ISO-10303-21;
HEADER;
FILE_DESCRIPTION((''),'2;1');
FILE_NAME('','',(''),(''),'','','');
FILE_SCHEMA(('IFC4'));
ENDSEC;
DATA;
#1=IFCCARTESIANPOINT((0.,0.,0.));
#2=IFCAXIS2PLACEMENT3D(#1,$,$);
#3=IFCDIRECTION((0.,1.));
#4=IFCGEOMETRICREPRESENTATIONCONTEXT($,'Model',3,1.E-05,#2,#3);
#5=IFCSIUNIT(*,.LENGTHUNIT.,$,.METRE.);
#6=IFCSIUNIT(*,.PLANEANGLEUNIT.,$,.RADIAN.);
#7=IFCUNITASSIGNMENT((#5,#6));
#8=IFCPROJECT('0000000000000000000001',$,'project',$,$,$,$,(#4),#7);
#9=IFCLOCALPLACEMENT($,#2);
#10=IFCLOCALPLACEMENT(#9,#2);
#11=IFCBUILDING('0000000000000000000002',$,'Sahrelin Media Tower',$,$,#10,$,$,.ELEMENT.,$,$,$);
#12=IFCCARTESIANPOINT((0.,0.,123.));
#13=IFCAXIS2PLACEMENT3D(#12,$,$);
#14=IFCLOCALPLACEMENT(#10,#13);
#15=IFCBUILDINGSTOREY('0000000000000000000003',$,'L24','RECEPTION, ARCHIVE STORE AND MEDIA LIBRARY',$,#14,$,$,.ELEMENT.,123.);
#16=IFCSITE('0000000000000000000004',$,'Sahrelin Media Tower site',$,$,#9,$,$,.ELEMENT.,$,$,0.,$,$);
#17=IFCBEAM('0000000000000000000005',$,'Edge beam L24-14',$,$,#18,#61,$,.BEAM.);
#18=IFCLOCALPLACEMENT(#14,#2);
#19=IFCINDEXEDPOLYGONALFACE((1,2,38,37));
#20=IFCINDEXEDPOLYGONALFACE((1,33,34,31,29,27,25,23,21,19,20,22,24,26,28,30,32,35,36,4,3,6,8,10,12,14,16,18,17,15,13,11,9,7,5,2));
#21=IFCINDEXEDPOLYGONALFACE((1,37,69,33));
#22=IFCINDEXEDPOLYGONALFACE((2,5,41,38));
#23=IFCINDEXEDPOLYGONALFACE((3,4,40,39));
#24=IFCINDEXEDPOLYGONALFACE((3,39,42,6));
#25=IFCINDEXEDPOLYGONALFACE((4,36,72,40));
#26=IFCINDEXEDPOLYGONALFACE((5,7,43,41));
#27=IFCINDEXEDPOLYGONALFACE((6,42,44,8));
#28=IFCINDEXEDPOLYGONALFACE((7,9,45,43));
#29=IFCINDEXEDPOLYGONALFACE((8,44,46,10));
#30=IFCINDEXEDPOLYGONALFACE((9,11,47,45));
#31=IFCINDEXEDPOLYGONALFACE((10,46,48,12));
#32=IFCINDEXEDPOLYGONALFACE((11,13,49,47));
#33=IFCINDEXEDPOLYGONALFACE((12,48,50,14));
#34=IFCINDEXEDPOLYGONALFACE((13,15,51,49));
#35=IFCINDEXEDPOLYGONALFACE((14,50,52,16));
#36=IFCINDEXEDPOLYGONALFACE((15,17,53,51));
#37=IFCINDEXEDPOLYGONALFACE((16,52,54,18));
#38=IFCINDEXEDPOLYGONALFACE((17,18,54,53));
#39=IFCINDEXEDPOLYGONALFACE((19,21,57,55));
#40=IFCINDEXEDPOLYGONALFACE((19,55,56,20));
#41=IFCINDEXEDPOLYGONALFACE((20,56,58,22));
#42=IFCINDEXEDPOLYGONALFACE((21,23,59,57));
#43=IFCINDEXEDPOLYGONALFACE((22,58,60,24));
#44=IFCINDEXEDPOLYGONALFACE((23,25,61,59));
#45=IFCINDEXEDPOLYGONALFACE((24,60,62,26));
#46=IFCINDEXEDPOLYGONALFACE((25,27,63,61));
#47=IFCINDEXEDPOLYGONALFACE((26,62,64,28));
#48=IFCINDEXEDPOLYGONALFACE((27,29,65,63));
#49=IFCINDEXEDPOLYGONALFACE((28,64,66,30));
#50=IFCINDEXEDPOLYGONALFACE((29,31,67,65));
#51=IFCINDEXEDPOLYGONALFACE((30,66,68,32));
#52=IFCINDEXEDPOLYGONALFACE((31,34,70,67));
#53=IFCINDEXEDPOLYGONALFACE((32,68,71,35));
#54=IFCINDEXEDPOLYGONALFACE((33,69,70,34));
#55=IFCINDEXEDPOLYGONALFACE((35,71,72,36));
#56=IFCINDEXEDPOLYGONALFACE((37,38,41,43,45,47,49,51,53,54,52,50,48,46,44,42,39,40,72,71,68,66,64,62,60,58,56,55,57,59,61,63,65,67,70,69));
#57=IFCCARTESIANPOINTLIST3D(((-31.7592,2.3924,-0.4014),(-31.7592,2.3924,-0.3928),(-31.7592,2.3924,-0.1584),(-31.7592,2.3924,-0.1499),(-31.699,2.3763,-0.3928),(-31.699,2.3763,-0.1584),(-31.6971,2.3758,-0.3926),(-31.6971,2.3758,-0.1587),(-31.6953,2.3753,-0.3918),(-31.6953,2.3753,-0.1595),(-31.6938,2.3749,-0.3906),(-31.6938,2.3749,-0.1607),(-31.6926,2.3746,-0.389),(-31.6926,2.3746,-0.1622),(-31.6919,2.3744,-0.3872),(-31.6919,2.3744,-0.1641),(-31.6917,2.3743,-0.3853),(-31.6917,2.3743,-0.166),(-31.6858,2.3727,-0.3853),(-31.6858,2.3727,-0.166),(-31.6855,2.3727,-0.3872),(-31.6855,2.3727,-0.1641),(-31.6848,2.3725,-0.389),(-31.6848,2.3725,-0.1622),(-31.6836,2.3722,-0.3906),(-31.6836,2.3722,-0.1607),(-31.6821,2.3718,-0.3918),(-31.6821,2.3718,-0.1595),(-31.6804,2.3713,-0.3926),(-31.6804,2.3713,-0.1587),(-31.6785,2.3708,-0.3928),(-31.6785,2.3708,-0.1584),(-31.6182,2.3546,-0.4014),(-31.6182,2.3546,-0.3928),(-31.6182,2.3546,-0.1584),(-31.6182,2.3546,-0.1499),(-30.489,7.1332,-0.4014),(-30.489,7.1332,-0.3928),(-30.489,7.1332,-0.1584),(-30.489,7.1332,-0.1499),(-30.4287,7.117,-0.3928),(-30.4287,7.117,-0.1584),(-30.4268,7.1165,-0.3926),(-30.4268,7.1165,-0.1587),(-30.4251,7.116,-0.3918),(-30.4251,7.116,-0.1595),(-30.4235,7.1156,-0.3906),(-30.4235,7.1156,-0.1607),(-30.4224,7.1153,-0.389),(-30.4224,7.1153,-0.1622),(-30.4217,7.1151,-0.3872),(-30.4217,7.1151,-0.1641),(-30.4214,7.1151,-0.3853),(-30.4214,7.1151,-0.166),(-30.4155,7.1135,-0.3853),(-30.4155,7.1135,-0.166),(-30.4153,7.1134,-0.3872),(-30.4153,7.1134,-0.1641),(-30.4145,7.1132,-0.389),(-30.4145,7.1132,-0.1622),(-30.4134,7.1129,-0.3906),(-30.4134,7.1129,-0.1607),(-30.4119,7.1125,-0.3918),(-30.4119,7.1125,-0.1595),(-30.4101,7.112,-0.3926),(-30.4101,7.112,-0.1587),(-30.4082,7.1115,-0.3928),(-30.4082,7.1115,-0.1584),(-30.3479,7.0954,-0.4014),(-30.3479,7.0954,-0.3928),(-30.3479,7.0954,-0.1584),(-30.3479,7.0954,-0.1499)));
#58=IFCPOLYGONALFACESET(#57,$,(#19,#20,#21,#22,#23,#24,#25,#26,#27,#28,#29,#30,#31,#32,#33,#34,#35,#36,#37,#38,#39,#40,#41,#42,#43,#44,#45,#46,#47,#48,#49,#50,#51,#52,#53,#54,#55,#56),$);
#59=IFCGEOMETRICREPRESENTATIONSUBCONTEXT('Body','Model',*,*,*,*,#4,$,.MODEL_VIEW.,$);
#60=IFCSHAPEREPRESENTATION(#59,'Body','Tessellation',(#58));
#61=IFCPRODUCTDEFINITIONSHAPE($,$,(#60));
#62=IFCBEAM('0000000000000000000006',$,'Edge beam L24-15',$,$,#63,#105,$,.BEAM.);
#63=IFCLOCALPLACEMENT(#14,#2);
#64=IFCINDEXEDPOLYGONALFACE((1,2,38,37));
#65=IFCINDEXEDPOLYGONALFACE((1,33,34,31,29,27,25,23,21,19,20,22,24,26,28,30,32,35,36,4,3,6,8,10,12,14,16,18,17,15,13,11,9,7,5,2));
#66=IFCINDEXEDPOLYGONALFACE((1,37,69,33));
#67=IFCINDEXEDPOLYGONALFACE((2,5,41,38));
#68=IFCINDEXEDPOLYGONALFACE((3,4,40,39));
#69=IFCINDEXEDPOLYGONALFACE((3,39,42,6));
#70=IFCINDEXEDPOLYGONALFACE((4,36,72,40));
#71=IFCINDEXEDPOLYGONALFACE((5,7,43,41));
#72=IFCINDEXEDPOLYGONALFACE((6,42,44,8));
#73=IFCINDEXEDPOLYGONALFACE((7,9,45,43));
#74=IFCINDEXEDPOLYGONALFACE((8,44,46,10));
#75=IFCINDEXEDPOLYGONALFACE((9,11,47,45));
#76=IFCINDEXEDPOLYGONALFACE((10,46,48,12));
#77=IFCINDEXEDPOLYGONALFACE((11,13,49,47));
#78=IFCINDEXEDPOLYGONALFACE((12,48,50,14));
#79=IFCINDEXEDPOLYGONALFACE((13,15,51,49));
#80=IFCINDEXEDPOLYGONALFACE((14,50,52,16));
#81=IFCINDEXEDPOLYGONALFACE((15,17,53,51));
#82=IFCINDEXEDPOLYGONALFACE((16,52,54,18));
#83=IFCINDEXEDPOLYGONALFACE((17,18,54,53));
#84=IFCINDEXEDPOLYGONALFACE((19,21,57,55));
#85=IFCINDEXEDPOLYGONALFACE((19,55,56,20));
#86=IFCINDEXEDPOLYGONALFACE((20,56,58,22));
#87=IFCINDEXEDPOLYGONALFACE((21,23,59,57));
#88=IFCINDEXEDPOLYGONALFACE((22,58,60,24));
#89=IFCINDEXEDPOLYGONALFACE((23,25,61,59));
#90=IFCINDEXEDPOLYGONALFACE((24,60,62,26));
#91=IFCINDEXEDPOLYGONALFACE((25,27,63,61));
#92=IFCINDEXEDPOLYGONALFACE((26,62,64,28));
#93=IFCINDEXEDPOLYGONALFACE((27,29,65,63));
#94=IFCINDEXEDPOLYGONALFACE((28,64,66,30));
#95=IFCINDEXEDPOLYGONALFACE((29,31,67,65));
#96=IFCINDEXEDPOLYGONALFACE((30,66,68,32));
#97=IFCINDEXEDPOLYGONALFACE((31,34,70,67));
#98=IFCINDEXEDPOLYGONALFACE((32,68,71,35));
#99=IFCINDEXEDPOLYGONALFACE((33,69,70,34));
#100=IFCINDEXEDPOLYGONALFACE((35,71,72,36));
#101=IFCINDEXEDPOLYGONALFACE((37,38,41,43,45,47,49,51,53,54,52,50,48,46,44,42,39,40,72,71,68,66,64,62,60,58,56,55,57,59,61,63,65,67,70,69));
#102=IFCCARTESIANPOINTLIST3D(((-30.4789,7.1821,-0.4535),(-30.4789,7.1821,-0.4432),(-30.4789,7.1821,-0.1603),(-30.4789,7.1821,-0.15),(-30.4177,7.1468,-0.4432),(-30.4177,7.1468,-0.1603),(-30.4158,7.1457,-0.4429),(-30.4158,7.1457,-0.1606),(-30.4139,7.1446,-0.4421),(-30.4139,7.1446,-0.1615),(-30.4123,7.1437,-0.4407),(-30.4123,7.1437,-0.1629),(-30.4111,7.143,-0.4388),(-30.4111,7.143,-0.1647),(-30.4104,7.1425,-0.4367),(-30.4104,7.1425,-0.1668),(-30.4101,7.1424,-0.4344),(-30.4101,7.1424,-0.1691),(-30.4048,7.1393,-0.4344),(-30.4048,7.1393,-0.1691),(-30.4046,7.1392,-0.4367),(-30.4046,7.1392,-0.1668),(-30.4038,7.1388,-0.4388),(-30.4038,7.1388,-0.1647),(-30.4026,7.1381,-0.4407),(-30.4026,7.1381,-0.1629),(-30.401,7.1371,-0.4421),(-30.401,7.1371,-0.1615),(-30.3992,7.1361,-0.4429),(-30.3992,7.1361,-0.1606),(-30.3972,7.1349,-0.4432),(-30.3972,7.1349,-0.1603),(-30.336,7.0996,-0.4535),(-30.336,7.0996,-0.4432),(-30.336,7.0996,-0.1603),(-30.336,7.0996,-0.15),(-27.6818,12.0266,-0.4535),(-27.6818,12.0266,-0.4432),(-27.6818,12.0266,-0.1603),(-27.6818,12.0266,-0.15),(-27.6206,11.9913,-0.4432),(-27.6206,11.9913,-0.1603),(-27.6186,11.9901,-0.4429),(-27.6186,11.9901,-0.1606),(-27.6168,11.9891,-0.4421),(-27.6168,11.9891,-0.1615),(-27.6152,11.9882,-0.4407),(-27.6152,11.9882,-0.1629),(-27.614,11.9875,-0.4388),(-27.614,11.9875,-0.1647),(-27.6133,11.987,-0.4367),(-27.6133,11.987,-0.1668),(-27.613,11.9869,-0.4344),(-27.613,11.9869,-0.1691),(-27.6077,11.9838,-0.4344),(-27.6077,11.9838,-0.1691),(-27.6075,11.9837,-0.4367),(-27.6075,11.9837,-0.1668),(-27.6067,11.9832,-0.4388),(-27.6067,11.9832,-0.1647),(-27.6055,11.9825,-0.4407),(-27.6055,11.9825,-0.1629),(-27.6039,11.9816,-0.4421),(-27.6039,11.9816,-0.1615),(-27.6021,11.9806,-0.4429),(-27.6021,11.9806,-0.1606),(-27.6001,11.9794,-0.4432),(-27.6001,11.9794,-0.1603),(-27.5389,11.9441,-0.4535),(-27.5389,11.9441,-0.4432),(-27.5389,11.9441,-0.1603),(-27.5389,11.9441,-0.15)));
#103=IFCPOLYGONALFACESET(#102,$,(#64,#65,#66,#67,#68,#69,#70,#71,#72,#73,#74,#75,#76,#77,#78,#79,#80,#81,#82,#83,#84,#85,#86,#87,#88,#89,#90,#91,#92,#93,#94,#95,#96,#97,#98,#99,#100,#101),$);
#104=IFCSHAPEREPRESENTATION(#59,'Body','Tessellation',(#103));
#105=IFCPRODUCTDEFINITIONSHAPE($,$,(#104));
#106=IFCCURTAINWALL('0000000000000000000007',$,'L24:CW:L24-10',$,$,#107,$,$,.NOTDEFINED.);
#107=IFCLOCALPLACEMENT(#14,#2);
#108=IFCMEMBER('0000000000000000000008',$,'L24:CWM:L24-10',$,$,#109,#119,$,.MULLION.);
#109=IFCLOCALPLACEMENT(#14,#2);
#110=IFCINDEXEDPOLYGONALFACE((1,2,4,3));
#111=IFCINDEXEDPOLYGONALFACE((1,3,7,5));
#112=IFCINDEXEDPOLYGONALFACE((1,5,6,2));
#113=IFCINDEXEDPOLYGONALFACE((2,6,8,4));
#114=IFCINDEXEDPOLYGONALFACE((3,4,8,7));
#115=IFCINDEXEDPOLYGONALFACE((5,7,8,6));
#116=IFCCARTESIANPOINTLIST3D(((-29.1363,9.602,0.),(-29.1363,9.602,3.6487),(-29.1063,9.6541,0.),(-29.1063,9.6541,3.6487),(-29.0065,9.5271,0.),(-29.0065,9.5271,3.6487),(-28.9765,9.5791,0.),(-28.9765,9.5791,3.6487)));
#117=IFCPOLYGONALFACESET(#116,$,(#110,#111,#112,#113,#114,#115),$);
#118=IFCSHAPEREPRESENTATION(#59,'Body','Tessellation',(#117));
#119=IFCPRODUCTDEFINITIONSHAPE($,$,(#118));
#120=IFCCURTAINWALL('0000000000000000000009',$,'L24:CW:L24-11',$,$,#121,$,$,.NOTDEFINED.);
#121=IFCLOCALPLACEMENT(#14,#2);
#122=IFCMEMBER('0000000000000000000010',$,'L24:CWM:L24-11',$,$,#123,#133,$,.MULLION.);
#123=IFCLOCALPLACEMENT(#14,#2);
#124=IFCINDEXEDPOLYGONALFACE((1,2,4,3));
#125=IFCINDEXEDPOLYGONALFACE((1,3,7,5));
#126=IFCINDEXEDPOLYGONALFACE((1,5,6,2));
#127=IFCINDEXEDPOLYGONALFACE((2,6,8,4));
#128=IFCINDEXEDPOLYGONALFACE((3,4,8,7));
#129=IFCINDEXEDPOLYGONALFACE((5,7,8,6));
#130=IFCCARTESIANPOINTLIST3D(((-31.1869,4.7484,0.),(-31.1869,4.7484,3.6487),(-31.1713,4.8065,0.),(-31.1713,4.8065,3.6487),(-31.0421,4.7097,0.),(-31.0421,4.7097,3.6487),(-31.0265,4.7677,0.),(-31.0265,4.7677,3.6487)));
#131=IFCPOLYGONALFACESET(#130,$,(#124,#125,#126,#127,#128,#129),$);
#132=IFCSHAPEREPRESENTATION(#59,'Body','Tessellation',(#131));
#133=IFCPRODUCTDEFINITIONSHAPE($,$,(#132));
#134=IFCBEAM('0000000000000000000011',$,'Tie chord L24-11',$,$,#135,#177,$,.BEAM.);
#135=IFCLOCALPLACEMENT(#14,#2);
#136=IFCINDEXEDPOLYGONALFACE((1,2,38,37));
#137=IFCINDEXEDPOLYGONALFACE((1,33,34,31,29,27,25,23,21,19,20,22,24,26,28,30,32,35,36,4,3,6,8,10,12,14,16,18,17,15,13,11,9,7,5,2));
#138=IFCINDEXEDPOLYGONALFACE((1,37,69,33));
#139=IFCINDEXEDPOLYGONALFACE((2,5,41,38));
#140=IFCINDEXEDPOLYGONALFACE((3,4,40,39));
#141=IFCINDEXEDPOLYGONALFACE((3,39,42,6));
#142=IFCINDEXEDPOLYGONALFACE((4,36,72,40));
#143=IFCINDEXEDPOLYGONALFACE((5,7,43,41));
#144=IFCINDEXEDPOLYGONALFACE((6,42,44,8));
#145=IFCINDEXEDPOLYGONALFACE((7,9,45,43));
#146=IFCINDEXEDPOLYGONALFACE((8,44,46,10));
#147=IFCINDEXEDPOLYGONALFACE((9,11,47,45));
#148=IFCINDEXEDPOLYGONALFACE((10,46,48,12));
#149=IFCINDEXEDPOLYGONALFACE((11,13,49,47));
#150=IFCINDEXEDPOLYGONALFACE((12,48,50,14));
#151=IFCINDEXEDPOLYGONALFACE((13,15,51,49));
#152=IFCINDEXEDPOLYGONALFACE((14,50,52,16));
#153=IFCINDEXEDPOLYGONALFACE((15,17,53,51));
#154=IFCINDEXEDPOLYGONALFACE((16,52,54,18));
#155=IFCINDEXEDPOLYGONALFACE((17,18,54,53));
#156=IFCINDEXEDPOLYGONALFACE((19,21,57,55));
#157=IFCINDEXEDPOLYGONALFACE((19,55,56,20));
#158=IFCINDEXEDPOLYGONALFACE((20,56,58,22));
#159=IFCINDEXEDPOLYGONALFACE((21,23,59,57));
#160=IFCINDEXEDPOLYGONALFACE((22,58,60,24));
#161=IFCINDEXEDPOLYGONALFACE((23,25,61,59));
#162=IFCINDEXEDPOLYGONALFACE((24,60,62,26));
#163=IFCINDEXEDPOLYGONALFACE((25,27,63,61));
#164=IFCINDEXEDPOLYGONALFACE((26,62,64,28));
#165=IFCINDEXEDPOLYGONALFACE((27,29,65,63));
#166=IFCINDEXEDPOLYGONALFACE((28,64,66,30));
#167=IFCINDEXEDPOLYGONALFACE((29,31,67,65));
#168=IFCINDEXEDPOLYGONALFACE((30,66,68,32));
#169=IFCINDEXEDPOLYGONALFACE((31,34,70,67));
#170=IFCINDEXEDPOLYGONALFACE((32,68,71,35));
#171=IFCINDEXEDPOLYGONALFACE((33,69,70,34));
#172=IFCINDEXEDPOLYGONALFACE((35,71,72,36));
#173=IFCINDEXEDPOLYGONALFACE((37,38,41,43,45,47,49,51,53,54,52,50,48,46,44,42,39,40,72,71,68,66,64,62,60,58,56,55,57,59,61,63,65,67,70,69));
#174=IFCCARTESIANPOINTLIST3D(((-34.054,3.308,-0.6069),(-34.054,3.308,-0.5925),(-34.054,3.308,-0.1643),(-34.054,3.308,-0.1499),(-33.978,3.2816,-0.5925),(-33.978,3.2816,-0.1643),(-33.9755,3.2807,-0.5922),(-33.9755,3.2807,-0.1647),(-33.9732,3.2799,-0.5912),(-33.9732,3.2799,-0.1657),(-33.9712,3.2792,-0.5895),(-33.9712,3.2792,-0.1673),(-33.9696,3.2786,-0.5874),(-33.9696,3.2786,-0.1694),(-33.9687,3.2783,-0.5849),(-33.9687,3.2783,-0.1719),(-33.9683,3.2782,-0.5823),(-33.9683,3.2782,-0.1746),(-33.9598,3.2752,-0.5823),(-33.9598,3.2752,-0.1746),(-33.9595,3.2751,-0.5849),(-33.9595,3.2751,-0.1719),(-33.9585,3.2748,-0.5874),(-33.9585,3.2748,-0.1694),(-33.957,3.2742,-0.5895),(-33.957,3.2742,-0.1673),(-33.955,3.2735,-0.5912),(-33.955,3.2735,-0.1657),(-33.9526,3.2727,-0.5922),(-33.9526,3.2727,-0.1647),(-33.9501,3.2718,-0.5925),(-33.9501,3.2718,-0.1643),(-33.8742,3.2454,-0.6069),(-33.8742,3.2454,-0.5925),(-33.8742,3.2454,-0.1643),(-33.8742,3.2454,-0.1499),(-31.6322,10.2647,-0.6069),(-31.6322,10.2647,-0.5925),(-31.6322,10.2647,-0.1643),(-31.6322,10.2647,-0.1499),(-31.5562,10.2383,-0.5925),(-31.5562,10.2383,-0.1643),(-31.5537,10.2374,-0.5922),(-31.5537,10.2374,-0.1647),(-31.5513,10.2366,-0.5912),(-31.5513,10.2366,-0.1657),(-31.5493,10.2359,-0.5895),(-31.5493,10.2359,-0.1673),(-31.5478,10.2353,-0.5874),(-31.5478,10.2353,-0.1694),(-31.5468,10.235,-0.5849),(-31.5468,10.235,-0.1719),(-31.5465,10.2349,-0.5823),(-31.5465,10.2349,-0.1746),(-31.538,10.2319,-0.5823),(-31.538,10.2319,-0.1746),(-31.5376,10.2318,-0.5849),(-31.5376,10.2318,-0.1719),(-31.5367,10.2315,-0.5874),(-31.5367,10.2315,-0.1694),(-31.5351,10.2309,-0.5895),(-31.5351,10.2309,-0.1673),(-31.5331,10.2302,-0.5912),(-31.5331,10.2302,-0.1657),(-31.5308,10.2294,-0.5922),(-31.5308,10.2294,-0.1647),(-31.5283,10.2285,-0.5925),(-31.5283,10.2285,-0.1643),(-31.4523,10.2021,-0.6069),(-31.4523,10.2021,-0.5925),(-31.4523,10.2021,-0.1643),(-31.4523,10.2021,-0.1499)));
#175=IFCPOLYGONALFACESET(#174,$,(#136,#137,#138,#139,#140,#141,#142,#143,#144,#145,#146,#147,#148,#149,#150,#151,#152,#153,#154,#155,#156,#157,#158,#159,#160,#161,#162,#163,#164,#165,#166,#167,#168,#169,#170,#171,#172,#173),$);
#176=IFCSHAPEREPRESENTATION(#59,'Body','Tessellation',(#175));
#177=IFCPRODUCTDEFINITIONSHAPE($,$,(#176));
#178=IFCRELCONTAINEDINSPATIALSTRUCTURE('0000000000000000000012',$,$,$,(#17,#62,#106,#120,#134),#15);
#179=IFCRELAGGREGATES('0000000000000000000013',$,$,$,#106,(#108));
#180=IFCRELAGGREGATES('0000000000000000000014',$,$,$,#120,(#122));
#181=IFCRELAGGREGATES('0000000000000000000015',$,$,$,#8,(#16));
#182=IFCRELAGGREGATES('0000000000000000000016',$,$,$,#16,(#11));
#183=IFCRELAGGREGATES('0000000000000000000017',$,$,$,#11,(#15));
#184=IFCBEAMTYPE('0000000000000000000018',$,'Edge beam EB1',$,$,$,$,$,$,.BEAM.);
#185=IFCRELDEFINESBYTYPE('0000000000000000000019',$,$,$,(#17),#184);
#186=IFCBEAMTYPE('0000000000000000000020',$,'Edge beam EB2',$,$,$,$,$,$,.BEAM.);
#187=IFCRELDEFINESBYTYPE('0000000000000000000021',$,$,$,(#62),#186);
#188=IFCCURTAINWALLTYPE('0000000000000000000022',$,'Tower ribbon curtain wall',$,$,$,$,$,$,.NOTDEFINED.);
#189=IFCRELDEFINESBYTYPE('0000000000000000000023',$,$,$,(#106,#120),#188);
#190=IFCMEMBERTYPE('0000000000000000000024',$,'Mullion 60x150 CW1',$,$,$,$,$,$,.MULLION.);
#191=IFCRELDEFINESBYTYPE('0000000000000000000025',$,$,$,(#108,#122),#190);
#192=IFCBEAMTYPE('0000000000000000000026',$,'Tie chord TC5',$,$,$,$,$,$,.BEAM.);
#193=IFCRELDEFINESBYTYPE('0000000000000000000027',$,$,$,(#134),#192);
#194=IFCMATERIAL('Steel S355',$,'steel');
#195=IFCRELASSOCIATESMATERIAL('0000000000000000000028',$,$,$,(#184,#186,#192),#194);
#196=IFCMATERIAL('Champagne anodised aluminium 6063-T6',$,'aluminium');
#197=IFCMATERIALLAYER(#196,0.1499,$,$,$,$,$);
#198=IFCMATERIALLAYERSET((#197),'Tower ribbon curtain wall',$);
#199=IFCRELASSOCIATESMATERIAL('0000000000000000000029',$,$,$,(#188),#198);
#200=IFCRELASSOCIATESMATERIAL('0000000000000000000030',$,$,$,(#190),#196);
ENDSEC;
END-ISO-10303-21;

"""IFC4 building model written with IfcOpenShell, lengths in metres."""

from ifc_helpers import new_model, si_unit, direction, frame, origin, origin_2d, place, context, subcontext, project, spatial, rectangle, i_section, extrude, material, layer, layer_set, material_profile, profile_set, type_object, element, aggregate, save


model = new_model("IFC4")

# Units and contexts
model_context = context("Model", 3, precision=1e-05, world=origin(), true_north=direction((0.0, 1.0)))
body_context = subcontext(model_context, "Body", "Model", "MODEL_VIEW")
ifc_project = project(units=[si_unit("LENGTHUNIT", "METRE"), si_unit("PLANEANGLEUNIT", "RADIAN")], contexts=[model_context])

# Site, building, storey
site_placement = place(None, origin())
site = spatial("IfcSite", under=ifc_project, at=site_placement, Name="Sahrelin Media Tower site", CompositionType="ELEMENT", RefElevation=0.0)
building_placement = place(site_placement, origin())
building = spatial("IfcBuilding", under=site, at=building_placement, Name="Sahrelin Media Tower", CompositionType="ELEMENT")
storey_placement = place(building_placement, frame((0.0, 0.0, 123.0)))
storey = spatial("IfcBuildingStorey", under=building, at=storey_placement, Name="L24", Description="RECEPTION, ARCHIVE STORE AND MEDIA LIBRARY", CompositionType="ELEMENT", Elevation=123.0)

# Beams
ifc_material_1 = material(Name="Steel S355", Category="steel")
ifc_material_profile_1 = material_profile(ifc_material_1, i_section(OverallWidth=0.146, OverallDepth=0.2515, WebThickness=0.0061, FlangeThickness=0.0085, FilletRadius=0.0076, at=origin_2d()), Name="UB 254x146x31")
ifc_profile_set_1 = profile_set([ifc_material_profile_1], Name="Steel S355")
beam_type_1 = type_object("IfcBeamType", Name="Edge beam EB1", PredefinedType="BEAM", material=ifc_profile_set_1)
beam_1_placement = place(storey_placement, frame((-31.6887, 2.3735, -0.2756), z_axis=(0.258817, 0.965926, 0.0), x_axis=(-0.965926, 0.258817, 0.0)))
element("IfcBeam", 1, at=beam_1_placement, inside=storey, type_object=beam_type_1, Name="Edge beam L24-14", PredefinedType="BEAM", context=body_context, shape_type="SweptSolid", body=[
    extrude(i_section(OverallWidth=0.146, OverallDepth=0.2515, WebThickness=0.0061, FlangeThickness=0.0085, FilletRadius=0.0076, at=origin_2d()), origin(), (0.0, 0.0, 1.0), 4.908),
])
ifc_material_profile_2 = material_profile(ifc_material_1, i_section(OverallWidth=0.165, OverallDepth=0.3035, WebThickness=0.0061, FlangeThickness=0.0103, FilletRadius=0.0088, at=origin_2d()), Name="UB 305x165x40")
ifc_profile_set_2 = profile_set([ifc_material_profile_2], Name="Steel S355")
beam_type_2 = type_object("IfcBeamType", Name="Edge beam EB2", PredefinedType="BEAM", material=ifc_profile_set_2)
beam_2_placement = place(storey_placement, frame((-30.4075, 7.1409, -0.3018), z_axis=(0.500021, 0.866013, 0.0), x_axis=(-0.866013, 0.500021, 0.0)))
element("IfcBeam", 2, at=beam_2_placement, inside=storey, type_object=beam_type_2, Name="Edge beam L24-15", PredefinedType="BEAM", context=body_context, shape_type="SweptSolid", body=[
    extrude(i_section(OverallWidth=0.165, OverallDepth=0.3035, WebThickness=0.0061, FlangeThickness=0.0103, FilletRadius=0.0088, at=origin_2d()), origin(), (0.0, 0.0, 1.0), 5.594),
])

# Curtain walls, members
ifc_material_2 = material(Name="Champagne anodised aluminium 6063-T6", Category="aluminium")
ifc_layer_1 = layer(ifc_material_2, 0.1499)
ifc_layer_set_1 = layer_set([ifc_layer_1], Name="Tower ribbon curtain wall")
curtain_wall_type = type_object("IfcCurtainWallType", Name="Tower ribbon curtain wall", PredefinedType="NOTDEFINED", material=ifc_layer_set_1)
curtain_wall_1_placement = place(storey_placement, frame((-29.1389, 9.6382, 0.0), z_axis=(0.0, 0.0, 1.0), x_axis=(1.0, 0.0, 0.0)))
curtain_wall_1 = element("IfcCurtainWall", 3, at=curtain_wall_1_placement, inside=storey, type_object=curtain_wall_type, Name="L24:CW:L24-10", PredefinedType="NOTDEFINED")
ifc_material_profile_3 = material_profile(ifc_material_2, rectangle(XDim=0.0601, YDim=0.1499, at=origin_2d()), Name="Mullion 60x150")
ifc_profile_set_3 = profile_set([ifc_material_profile_3], Name="Champagne anodised aluminium 6063-T6")
member_type_1 = type_object("IfcMemberType", Name="Mullion 60x150 CW1", PredefinedType="MULLION", material=ifc_profile_set_3)
member_1_placement = place(storey_placement, frame((-29.0564, 9.5906, 0.0), z_axis=(0.0, 0.0, 1.0), x_axis=(-0.499998, -0.866026, 0.0)))
member_1 = element("IfcMember", 4, at=member_1_placement, type_object=member_type_1, Name="L24:CWM:L24-10", PredefinedType="MULLION", context=body_context, shape_type="SweptSolid", body=[
    extrude(rectangle(XDim=0.0601, YDim=0.1499, at=origin_2d()), origin(), (0.0, 0.0, 1.0), 3.6487),
])
aggregate(curtain_wall_1, [member_1])
curtain_wall_2_placement = place(storey_placement, frame((-31.1985, 4.7827, 0.0), z_axis=(0.0, 0.0, 1.0), x_axis=(1.0, 0.0, 0.0)))
curtain_wall_2 = element("IfcCurtainWall", 5, at=curtain_wall_2_placement, inside=storey, type_object=curtain_wall_type, Name="L24:CW:L24-11", PredefinedType="NOTDEFINED")
member_2_placement = place(storey_placement, frame((-31.1067, 4.7581, 0.0), z_axis=(0.0, 0.0, 1.0), x_axis=(-0.258812, -0.965928, 0.0)))
member_2 = element("IfcMember", 6, at=member_2_placement, type_object=member_type_1, Name="L24:CWM:L24-11", PredefinedType="MULLION", context=body_context, shape_type="SweptSolid", body=[
    extrude(rectangle(XDim=0.0601, YDim=0.1499, at=origin_2d()), origin(), (0.0, 0.0, 1.0), 3.6487),
])

# Beam
ifc_material_profile_4 = material_profile(ifc_material_1, i_section(OverallWidth=0.1904, OverallDepth=0.457, WebThickness=0.009, FlangeThickness=0.0144, FilletRadius=0.0103, at=origin_2d()), Name="UB 457x191x74")
ifc_profile_set_4 = profile_set([ifc_material_profile_4], Name="Steel S355")
beam_type_3 = type_object("IfcBeamType", Name="Tie chord TC5", PredefinedType="BEAM", material=ifc_profile_set_4)
beam_3_placement = place(storey_placement, frame((-31.5422, 10.2334, -0.3784), z_axis=(-0.328778, -0.944407, 0.0), x_axis=(0.944407, -0.328778, 0.0)))
element("IfcBeam", 7, at=beam_3_placement, inside=storey, type_object=beam_type_3, Name="Tie chord L24-11", PredefinedType="BEAM", context=body_context, shape_type="SweptSolid", body=[
    extrude(i_section(OverallWidth=0.1904, OverallDepth=0.457, WebThickness=0.009, FlangeThickness=0.0144, FilletRadius=0.0103, at=origin_2d()), origin(), (0.0, 0.0, 1.0), 7.3662),
])

aggregate(curtain_wall_2, [member_2])

save(model, "model.ifc")
